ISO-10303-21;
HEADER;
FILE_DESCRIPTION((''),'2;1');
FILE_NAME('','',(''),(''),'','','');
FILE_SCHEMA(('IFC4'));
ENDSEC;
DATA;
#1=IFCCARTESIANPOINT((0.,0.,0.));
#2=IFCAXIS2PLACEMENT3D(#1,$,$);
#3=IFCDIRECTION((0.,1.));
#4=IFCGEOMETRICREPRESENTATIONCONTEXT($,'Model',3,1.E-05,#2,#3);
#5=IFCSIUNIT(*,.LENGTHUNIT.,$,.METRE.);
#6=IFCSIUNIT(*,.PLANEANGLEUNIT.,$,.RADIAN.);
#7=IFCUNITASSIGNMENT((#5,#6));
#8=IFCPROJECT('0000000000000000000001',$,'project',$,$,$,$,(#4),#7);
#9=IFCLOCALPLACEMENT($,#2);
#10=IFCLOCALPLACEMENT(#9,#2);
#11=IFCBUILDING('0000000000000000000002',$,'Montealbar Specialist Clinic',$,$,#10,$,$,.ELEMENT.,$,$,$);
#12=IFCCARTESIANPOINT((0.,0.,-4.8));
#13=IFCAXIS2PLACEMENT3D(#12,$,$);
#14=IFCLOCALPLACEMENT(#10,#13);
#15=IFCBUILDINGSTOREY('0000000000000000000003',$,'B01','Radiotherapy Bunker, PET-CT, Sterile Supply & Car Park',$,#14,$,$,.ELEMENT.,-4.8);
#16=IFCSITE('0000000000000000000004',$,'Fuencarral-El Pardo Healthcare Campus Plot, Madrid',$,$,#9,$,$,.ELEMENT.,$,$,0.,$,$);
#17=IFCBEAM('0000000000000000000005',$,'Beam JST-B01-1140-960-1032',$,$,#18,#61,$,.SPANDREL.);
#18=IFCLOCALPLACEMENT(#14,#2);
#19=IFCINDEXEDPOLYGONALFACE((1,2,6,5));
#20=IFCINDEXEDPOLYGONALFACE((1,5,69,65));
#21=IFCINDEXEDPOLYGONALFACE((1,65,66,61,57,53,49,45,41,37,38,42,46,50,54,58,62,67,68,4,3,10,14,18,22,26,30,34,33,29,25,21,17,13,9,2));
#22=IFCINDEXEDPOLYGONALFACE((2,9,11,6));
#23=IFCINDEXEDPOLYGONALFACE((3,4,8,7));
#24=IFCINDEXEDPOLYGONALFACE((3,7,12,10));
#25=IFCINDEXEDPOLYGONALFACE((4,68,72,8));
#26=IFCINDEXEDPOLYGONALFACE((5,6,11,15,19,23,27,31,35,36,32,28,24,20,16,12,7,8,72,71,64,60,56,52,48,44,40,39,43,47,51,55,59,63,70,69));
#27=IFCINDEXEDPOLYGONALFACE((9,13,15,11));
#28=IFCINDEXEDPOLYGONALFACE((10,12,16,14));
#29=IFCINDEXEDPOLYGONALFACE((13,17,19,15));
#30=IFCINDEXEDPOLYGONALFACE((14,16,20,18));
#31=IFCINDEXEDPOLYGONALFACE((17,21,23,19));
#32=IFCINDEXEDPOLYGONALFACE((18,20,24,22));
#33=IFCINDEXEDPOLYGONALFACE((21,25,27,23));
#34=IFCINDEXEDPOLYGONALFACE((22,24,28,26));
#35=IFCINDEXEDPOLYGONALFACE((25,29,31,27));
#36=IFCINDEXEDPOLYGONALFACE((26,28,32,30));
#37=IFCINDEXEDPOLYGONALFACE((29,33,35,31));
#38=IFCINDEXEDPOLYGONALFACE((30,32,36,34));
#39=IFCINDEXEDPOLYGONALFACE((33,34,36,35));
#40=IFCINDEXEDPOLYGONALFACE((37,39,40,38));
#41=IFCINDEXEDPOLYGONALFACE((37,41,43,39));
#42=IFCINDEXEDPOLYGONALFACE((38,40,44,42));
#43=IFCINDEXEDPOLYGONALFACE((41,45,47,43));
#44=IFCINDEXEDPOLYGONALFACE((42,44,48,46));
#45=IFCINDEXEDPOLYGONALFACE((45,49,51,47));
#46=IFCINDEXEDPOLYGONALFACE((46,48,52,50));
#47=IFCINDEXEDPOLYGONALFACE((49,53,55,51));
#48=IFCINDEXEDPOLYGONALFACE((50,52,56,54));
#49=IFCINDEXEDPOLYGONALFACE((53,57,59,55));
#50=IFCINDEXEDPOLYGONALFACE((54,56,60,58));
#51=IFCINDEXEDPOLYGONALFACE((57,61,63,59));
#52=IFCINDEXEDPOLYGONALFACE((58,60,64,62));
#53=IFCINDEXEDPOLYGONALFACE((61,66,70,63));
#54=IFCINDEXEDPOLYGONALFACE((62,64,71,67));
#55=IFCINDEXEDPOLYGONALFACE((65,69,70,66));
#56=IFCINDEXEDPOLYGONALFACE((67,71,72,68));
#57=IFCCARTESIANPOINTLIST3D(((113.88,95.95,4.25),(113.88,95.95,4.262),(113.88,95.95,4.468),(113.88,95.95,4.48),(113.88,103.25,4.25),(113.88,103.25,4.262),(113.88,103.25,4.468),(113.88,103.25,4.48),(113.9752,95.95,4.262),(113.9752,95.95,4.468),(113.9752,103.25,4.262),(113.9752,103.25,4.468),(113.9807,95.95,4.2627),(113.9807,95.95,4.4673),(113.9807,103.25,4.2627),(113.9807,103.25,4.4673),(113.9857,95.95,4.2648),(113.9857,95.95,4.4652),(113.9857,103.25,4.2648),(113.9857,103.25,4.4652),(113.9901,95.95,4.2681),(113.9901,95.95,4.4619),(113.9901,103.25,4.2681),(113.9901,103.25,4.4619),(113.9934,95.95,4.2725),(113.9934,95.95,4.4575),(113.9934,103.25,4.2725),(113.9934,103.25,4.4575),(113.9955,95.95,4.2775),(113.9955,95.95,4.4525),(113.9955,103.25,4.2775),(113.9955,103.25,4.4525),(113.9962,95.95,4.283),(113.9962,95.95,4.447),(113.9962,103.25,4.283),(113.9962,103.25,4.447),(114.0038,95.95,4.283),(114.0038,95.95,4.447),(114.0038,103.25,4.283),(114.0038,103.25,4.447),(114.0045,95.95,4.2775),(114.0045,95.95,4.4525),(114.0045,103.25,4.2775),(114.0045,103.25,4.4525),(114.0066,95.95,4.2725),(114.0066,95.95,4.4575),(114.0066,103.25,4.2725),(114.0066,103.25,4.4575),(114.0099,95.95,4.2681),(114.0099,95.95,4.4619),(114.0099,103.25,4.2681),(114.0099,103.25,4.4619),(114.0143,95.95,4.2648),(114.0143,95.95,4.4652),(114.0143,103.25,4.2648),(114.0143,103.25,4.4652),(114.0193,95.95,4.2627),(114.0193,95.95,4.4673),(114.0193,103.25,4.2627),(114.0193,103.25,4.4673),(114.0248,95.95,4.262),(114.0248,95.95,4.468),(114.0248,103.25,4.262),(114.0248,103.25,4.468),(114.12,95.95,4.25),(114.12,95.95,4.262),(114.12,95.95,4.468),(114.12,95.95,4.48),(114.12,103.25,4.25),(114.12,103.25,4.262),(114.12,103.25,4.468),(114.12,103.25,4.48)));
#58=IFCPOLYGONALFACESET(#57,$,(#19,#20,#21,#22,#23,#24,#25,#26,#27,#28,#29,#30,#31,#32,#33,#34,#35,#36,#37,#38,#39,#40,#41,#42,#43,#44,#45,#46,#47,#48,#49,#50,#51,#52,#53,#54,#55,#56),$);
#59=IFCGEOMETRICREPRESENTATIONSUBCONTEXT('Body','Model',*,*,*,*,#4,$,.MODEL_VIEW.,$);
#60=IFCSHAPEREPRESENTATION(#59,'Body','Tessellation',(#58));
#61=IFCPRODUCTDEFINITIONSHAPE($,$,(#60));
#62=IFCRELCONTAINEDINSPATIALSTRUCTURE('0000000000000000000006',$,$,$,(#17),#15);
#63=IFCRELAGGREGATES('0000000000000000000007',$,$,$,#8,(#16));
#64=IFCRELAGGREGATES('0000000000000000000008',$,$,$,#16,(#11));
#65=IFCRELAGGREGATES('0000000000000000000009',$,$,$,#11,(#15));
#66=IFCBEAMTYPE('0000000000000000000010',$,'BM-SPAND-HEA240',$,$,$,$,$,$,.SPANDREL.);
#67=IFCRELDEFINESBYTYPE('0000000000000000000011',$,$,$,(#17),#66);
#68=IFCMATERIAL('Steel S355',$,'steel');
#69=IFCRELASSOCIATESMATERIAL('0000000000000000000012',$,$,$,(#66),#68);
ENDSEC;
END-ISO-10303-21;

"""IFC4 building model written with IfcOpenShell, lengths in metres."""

from ifc_helpers import new_model, si_unit, direction, frame, origin, origin_2d, place, context, subcontext, project, spatial, i_section, extrude, material, material_profile, profile_set, type_object, element, save


model = new_model("IFC4")

# Units and contexts
model_context = context("Model", 3, precision=1e-05, world=origin(), true_north=direction((0.0, 1.0)))
body_context = subcontext(model_context, "Body", "Model", "MODEL_VIEW")
ifc_project = project(units=[si_unit("LENGTHUNIT", "METRE"), si_unit("PLANEANGLEUNIT", "RADIAN")], contexts=[model_context])

# Site, building, storey
site_placement = place(None, origin())
site = spatial("IfcSite", under=ifc_project, at=site_placement, Name="Fuencarral-El Pardo Healthcare Campus Plot, Madrid", CompositionType="ELEMENT", RefElevation=0.0)
building_placement = place(site_placement, origin())
building = spatial("IfcBuilding", under=site, at=building_placement, Name="Montealbar Specialist Clinic", CompositionType="ELEMENT")
storey_placement = place(building_placement, frame((0.0, 0.0, -4.8)))
storey = spatial("IfcBuildingStorey", under=building, at=storey_placement, Name="B01", Description="Radiotherapy Bunker, PET-CT, Sterile Supply & Car Park", CompositionType="ELEMENT", Elevation=-4.8)

# Shared definitions
ifc_material_1 = material(Name="Steel S355", Category="steel")

# Beam
ifc_material_profile_1 = material_profile(ifc_material_1, i_section(OverallWidth=0.24, OverallDepth=0.23, WebThickness=0.0076, FlangeThickness=0.012, FilletRadius=0.021, at=origin_2d()), Name="HEA 240", Category="steel")
ifc_profile_set_1 = profile_set([ifc_material_profile_1], Name="Steel S355")
beam_type_1 = type_object("IfcBeamType", Name="BM-SPAND-HEA240", PredefinedType="SPANDREL", material=ifc_profile_set_1)
beam_1_placement = place(storey_placement, frame((114.0, 95.95, 4.365), z_axis=(0.0, 1.0, 0.0), x_axis=(-1.0, 0.0, 0.0)))
element("IfcBeam", 1, at=beam_1_placement, inside=storey, type_object=beam_type_1, Name="Beam JST-B01-1140-960-1032", PredefinedType="SPANDREL", context=body_context, shape_type="SweptSolid", body=[
    extrude(i_section(OverallWidth=0.24, OverallDepth=0.23, WebThickness=0.0076, FlangeThickness=0.012, FilletRadius=0.021, at=origin_2d()), origin(), (0.0, 0.0, 1.0), 7.3),
])

save(model, "model.ifc")
